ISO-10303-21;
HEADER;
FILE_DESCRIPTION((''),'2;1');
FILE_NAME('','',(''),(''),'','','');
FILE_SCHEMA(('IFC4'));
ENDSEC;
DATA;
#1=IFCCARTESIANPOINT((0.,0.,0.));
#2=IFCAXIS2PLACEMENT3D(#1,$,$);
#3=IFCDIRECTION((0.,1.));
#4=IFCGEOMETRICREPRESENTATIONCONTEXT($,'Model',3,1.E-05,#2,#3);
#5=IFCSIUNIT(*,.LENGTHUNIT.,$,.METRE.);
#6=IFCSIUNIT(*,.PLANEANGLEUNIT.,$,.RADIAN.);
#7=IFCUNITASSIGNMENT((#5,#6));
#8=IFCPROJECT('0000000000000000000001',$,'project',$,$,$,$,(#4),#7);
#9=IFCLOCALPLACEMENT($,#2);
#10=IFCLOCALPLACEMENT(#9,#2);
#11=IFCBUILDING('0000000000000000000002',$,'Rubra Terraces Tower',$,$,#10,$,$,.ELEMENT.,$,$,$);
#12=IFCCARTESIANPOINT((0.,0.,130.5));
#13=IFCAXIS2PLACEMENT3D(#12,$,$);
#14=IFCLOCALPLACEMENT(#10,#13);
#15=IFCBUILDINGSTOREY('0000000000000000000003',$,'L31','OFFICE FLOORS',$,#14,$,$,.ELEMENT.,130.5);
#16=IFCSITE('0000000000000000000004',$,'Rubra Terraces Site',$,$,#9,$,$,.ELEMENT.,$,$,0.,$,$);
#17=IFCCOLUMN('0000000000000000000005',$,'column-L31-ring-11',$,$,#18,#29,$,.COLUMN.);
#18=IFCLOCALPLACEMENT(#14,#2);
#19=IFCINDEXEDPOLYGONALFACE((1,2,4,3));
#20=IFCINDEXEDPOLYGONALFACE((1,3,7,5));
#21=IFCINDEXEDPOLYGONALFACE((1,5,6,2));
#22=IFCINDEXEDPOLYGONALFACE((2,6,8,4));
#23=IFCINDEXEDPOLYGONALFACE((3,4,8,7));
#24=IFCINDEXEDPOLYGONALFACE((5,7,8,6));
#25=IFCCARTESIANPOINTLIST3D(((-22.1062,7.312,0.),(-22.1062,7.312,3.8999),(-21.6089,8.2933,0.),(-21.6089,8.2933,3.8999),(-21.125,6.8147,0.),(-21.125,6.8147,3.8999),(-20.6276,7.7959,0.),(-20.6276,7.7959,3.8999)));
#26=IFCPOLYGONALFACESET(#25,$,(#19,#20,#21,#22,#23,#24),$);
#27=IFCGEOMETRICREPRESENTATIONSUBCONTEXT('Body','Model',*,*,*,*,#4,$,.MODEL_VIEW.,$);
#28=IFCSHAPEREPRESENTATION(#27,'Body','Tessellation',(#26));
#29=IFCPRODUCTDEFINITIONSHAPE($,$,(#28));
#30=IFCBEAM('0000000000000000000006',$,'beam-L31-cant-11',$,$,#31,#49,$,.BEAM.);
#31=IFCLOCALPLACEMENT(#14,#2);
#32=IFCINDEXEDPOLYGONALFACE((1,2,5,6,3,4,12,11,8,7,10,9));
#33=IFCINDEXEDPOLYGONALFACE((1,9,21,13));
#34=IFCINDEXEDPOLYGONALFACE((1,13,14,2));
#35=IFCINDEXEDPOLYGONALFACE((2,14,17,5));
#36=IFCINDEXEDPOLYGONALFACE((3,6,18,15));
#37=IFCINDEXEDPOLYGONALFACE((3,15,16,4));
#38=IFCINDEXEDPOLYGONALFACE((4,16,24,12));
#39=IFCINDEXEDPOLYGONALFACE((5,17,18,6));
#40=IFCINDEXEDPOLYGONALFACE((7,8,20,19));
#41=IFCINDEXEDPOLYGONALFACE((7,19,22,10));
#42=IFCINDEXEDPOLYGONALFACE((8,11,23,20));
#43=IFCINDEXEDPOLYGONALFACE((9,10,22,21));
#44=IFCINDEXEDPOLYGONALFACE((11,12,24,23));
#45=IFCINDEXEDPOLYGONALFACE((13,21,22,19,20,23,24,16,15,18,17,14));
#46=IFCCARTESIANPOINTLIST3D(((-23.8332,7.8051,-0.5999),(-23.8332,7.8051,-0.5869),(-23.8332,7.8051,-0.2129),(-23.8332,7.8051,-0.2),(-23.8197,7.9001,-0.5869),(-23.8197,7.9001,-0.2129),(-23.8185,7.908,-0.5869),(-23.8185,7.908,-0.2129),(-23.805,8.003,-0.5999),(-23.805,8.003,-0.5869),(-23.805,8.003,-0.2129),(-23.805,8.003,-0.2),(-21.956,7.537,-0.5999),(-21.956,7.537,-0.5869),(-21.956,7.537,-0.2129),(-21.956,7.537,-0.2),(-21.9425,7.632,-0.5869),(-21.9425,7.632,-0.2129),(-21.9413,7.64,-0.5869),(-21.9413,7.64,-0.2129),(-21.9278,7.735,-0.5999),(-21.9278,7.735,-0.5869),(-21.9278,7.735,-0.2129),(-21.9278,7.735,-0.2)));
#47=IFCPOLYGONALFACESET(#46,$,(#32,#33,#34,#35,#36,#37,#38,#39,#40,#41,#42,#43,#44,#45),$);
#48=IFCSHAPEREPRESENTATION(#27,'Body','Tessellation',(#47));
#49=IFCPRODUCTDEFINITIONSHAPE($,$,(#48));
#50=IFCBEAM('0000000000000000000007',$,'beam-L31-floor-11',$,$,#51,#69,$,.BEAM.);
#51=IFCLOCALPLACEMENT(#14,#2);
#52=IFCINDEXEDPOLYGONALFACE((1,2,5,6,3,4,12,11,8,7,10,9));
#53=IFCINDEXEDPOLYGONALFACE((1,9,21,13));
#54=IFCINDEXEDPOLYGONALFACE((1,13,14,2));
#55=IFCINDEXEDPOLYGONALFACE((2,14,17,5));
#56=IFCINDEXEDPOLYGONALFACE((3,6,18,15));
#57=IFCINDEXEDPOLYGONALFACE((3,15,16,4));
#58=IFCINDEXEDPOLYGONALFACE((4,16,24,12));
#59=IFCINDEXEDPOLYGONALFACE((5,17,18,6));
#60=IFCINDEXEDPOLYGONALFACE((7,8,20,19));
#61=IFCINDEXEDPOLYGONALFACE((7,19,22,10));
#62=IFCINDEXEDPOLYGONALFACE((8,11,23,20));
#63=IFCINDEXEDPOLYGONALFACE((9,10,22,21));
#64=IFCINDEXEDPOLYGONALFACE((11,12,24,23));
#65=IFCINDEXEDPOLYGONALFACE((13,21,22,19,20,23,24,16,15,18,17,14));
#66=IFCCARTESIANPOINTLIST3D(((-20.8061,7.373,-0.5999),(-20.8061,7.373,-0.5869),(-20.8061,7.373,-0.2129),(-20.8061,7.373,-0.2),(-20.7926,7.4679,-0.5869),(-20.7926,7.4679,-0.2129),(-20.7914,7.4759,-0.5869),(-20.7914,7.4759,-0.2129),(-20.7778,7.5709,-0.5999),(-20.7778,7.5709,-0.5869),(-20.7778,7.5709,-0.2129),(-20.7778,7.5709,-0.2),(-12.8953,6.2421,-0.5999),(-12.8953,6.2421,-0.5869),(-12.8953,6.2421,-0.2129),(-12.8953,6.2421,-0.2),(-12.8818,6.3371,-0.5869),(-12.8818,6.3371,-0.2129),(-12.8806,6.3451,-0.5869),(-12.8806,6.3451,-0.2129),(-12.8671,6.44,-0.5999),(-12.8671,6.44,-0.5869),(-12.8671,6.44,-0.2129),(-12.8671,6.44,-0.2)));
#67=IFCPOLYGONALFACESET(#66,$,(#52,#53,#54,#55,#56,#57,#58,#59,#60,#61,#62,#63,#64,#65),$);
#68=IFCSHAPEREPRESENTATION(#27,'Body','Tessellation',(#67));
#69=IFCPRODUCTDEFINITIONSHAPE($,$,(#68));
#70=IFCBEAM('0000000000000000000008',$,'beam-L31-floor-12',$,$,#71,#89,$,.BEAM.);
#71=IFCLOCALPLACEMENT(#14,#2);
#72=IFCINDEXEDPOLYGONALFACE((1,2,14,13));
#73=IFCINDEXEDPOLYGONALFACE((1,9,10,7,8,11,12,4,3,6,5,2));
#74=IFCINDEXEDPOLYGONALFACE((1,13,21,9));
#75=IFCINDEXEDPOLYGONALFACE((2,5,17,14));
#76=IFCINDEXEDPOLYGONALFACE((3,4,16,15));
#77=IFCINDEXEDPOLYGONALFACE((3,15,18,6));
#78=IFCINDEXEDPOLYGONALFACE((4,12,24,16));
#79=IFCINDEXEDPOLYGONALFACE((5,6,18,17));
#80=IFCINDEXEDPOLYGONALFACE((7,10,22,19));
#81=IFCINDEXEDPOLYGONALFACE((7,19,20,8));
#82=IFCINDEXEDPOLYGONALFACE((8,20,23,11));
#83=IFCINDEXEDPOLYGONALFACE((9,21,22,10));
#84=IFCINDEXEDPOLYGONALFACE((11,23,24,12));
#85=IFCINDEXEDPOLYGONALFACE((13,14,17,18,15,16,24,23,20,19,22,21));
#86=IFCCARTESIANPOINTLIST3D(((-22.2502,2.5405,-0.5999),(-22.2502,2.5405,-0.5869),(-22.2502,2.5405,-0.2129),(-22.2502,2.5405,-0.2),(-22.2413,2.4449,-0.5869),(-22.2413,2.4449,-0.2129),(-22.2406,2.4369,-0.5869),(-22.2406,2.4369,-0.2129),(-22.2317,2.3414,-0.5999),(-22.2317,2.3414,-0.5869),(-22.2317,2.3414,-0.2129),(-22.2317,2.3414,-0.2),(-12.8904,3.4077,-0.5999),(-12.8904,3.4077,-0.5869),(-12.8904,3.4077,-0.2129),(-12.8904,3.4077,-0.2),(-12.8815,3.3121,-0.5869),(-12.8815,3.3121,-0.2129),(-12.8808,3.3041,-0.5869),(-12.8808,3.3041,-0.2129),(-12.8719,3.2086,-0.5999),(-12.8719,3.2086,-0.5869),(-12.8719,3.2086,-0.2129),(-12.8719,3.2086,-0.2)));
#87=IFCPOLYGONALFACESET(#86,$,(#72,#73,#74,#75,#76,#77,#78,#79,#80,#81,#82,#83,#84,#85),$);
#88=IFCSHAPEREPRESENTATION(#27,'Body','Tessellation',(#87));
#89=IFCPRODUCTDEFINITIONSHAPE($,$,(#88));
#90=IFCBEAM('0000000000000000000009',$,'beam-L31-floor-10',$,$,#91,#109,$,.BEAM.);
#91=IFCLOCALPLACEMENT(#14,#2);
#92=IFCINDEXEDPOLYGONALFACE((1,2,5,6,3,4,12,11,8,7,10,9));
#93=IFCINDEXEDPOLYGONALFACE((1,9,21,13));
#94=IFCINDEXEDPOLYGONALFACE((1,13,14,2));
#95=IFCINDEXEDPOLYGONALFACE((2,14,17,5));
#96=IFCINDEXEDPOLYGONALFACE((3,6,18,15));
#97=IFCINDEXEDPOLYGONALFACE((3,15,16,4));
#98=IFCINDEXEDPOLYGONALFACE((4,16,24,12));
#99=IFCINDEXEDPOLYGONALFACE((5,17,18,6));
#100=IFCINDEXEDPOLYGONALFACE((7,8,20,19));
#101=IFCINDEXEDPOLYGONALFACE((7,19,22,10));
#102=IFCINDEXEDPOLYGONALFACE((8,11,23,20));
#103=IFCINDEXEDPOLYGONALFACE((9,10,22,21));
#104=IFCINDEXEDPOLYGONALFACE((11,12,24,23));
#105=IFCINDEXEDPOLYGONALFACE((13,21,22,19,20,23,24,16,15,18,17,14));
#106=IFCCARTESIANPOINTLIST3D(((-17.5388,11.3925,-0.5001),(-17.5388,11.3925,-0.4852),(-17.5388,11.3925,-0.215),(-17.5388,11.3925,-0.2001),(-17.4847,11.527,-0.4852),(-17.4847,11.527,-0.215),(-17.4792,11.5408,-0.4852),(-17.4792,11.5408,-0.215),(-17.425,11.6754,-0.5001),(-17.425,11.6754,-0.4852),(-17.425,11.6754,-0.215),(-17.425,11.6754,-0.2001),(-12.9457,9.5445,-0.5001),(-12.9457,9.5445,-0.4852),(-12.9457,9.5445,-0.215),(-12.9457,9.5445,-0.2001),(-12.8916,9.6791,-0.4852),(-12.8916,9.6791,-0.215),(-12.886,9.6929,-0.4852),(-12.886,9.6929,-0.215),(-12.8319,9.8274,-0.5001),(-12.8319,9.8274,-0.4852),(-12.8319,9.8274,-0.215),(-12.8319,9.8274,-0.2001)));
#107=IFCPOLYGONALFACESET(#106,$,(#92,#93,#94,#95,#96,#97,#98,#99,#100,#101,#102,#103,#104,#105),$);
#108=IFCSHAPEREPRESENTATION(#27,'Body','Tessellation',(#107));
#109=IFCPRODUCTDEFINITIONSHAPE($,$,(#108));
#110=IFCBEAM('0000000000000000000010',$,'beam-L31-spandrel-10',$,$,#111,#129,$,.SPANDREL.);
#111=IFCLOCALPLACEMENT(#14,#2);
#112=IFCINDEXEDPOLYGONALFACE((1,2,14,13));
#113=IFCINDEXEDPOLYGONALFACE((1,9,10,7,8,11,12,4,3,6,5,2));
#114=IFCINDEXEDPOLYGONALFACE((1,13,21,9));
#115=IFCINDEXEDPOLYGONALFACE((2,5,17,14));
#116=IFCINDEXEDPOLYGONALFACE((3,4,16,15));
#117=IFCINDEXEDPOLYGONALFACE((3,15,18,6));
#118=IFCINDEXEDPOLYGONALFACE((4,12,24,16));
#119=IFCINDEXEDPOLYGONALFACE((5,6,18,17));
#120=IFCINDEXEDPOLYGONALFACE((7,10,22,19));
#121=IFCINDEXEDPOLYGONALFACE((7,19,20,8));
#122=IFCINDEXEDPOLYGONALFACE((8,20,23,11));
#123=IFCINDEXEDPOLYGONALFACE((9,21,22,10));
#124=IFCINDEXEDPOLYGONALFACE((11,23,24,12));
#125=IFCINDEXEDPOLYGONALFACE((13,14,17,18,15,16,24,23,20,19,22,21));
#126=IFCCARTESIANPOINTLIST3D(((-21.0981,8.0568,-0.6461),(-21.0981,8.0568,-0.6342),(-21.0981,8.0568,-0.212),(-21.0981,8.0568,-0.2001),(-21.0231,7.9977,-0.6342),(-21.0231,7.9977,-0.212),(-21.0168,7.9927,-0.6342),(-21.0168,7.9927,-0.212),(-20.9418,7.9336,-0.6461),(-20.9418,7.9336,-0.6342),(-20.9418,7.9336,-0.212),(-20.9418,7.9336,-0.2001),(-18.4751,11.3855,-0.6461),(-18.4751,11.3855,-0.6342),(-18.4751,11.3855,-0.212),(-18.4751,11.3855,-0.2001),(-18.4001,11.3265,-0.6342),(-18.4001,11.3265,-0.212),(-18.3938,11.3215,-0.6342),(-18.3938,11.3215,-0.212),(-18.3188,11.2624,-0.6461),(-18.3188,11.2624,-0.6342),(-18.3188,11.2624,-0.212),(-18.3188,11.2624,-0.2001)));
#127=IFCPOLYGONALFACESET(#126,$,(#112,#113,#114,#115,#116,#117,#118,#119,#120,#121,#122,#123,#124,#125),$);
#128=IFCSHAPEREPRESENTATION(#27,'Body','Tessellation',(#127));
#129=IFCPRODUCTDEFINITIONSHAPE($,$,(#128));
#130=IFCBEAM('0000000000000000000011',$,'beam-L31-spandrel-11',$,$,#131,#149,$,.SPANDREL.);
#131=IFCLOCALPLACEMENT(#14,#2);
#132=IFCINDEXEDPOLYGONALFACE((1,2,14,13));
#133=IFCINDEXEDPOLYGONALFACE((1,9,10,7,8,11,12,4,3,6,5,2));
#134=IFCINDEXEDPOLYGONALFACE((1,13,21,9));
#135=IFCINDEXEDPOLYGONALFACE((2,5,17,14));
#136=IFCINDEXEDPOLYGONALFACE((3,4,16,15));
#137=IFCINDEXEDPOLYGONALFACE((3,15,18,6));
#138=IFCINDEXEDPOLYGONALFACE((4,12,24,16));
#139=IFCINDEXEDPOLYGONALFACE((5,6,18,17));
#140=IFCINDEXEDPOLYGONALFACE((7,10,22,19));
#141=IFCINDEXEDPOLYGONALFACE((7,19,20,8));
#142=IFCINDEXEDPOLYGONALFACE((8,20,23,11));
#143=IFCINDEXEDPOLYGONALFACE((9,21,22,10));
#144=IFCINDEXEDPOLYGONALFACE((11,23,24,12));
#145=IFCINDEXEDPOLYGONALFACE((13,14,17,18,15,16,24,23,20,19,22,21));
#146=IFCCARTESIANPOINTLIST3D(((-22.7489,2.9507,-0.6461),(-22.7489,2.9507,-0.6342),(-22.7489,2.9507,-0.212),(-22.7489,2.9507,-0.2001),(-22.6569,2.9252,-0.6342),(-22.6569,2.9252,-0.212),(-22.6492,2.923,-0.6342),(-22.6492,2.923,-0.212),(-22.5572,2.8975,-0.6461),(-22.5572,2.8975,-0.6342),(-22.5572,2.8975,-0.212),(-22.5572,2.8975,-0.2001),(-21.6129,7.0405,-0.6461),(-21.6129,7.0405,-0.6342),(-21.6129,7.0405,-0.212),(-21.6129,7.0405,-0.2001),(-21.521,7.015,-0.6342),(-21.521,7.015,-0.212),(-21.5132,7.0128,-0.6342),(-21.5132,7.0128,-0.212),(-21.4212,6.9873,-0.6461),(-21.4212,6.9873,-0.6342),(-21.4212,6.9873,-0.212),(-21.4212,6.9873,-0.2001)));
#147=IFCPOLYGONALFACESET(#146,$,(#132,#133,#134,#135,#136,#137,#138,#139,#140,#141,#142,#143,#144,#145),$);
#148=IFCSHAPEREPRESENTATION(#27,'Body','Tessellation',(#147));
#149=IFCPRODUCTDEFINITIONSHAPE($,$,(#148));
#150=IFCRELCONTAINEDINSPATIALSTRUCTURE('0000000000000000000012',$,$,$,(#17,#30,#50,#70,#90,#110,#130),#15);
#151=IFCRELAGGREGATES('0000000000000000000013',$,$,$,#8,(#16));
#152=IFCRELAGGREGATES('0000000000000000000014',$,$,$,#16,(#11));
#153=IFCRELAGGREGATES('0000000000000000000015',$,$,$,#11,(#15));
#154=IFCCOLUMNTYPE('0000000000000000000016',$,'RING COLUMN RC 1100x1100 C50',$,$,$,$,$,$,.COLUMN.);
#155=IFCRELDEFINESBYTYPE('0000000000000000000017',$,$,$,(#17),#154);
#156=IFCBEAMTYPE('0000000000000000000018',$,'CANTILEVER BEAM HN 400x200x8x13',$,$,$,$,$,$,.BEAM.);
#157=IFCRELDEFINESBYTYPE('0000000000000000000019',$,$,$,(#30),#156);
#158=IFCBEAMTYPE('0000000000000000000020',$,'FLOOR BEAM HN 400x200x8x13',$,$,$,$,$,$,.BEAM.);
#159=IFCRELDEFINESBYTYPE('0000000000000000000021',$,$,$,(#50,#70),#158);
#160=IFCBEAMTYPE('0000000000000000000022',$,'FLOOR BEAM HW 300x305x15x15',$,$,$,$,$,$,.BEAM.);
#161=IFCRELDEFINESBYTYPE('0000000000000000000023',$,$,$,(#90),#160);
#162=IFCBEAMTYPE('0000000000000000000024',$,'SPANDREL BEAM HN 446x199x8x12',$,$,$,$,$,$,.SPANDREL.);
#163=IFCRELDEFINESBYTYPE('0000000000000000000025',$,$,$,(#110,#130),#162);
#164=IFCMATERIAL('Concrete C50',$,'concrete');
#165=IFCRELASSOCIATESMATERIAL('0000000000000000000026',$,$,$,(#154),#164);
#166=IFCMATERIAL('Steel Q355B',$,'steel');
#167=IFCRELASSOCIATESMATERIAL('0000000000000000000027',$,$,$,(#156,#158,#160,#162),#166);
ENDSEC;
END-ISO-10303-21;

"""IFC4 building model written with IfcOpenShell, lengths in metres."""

from ifc_helpers import new_model, si_unit, direction, frame, origin, origin_2d, place, context, subcontext, project, spatial, rectangle, i_section, extrude, material, material_profile, profile_set, type_object, element, save


model = new_model("IFC4")

# Units and contexts
model_context = context("Model", 3, precision=1e-05, world=origin(), true_north=direction((0.0, 1.0)))
body_context = subcontext(model_context, "Body", "Model", "MODEL_VIEW")
ifc_project = project(units=[si_unit("LENGTHUNIT", "METRE"), si_unit("PLANEANGLEUNIT", "RADIAN")], contexts=[model_context])

# Site, building, storey
site_placement = place(None, origin())
site = spatial("IfcSite", under=ifc_project, at=site_placement, Name="Rubra Terraces Site", CompositionType="ELEMENT", RefElevation=0.0)
building_placement = place(site_placement, origin())
building = spatial("IfcBuilding", under=site, at=building_placement, Name="Rubra Terraces Tower", CompositionType="ELEMENT")
storey_placement = place(building_placement, frame((0.0, 0.0, 130.5)))
storey = spatial("IfcBuildingStorey", under=building, at=storey_placement, Name="L31", Description="OFFICE FLOORS", CompositionType="ELEMENT", Elevation=130.5)

# Column
ifc_material_1 = material(Name="Concrete C50", Category="concrete")
ifc_material_profile_1 = material_profile(ifc_material_1, rectangle(XDim=1.1001, YDim=1.1001, at=origin_2d()), Name="RC 1100x1100")
ifc_profile_set_1 = profile_set([ifc_material_profile_1], Name="Concrete C50")
column_type = type_object("IfcColumnType", Name="RING COLUMN RC 1100x1100 C50", PredefinedType="COLUMN", material=ifc_profile_set_1)
column_placement = place(storey_placement, frame((-21.3669, 7.554, 0.0), z_axis=(0.0, 0.0, 1.0), x_axis=(-0.452079, -0.891978, 0.0)))
element("IfcColumn", 1, at=column_placement, inside=storey, type_object=column_type, Name="column-L31-ring-11", PredefinedType="COLUMN", context=body_context, shape_type="SweptSolid", body=[
    extrude(rectangle(XDim=1.1001, YDim=1.1001, at=origin_2d()), origin(), (0.0, 0.0, 1.0), 3.8999),
])

# Beams
ifc_material_2 = material(Name="Steel Q355B", Category="steel")
ifc_material_profile_2 = material_profile(ifc_material_2, i_section(OverallWidth=0.2, OverallDepth=0.3999, WebThickness=0.0081, FlangeThickness=0.0129, at=origin_2d()), Name="HN 400x200x8x13")
ifc_profile_set_2 = profile_set([ifc_material_profile_2], Name="Steel Q355B")
beam_type_1 = type_object("IfcBeamType", Name="CANTILEVER BEAM HN 400x200x8x13", PredefinedType="BEAM", material=ifc_profile_set_2)
beam_1_placement = place(storey_placement, frame((-21.9419, 7.636, -0.3999), z_axis=(-0.989957, 0.141367, 0.0), x_axis=(-0.141367, -0.989957, 0.0)))
element("IfcBeam", 2, at=beam_1_placement, inside=storey, type_object=beam_type_1, Name="beam-L31-cant-11", PredefinedType="BEAM", context=body_context, shape_type="SweptSolid", body=[
    extrude(i_section(OverallWidth=0.2, OverallDepth=0.3999, WebThickness=0.0081, FlangeThickness=0.0129, at=origin_2d()), origin(), (0.0, 0.0, 1.0), 1.8962),
])
ifc_material_profile_3 = material_profile(ifc_material_2, i_section(OverallWidth=0.2, OverallDepth=0.3999, WebThickness=0.0081, FlangeThickness=0.0129, at=origin_2d()), Name="HN 400x200x8x13")
ifc_profile_set_3 = profile_set([ifc_material_profile_3], Name="Steel Q355B")
beam_type_2 = type_object("IfcBeamType", Name="FLOOR BEAM HN 400x200x8x13", PredefinedType="BEAM", material=ifc_profile_set_3)
beam_2_placement = place(storey_placement, frame((-20.792, 7.4719, -0.3999), z_axis=(0.989937, -0.141511, 0.0), x_axis=(0.141511, 0.989937, 0.0)))
element("IfcBeam", 3, at=beam_2_placement, inside=storey, type_object=beam_type_2, Name="beam-L31-floor-11", PredefinedType="BEAM", context=body_context, shape_type="SweptSolid", body=[
    extrude(i_section(OverallWidth=0.2, OverallDepth=0.3999, WebThickness=0.0081, FlangeThickness=0.0129, at=origin_2d()), origin(), (0.0, 0.0, 1.0), 7.9912),
])
beam_3_placement = place(storey_placement, frame((-22.241, 2.4409, -0.3999), z_axis=(0.995735, 0.092254, 0.0), x_axis=(-0.092254, 0.995735, 0.0)))
element("IfcBeam", 4, at=beam_3_placement, inside=storey, type_object=beam_type_2, Name="beam-L31-floor-12", PredefinedType="BEAM", context=body_context, shape_type="SweptSolid", body=[
    extrude(i_section(OverallWidth=0.2, OverallDepth=0.3999, WebThickness=0.0081, FlangeThickness=0.0129, at=origin_2d()), origin(), (0.0, 0.0, 1.0), 9.3999),
])
ifc_material_profile_4 = material_profile(ifc_material_2, i_section(OverallWidth=0.3049, OverallDepth=0.3, WebThickness=0.0149, FlangeThickness=0.0149, at=origin_2d()), Name="HW 300x305x15x15")
ifc_profile_set_4 = profile_set([ifc_material_profile_4], Name="Steel Q355B")
beam_type_3 = type_object("IfcBeamType", Name="FLOOR BEAM HW 300x305x15x15", PredefinedType="BEAM", material=ifc_profile_set_4)
beam_4_placement = place(storey_placement, frame((-17.4819, 11.5339, -0.3501), z_axis=(0.92773, -0.373252, 0.0), x_axis=(0.373252, 0.92773, 0.0)))
element("IfcBeam", 5, at=beam_4_placement, inside=storey, type_object=beam_type_3, Name="beam-L31-floor-10", PredefinedType="BEAM", context=body_context, shape_type="SweptSolid", body=[
    extrude(i_section(OverallWidth=0.3049, OverallDepth=0.3, WebThickness=0.0149, FlangeThickness=0.0149, at=origin_2d()), origin(), (0.0, 0.0, 1.0), 4.9509),
])
ifc_material_profile_5 = material_profile(ifc_material_2, i_section(OverallWidth=0.199, OverallDepth=0.446, WebThickness=0.0081, FlangeThickness=0.012, at=origin_2d()), Name="HN 446x199x8x12")
ifc_profile_set_5 = profile_set([ifc_material_profile_5], Name="Steel Q355B")
beam_type_4 = type_object("IfcBeamType", Name="SPANDREL BEAM HN 446x199x8x12", PredefinedType="SPANDREL", material=ifc_profile_set_5)
beam_5_placement = place(storey_placement, frame((-18.397, 11.324, -0.4231), z_axis=(-0.618917, -0.785456, 0.0), x_axis=(0.785456, -0.618917, 0.0)))
element("IfcBeam", 6, at=beam_5_placement, inside=storey, type_object=beam_type_4, Name="beam-L31-spandrel-10", PredefinedType="SPANDREL", context=body_context, shape_type="SweptSolid", body=[
    extrude(i_section(OverallWidth=0.199, OverallDepth=0.446, WebThickness=0.0081, FlangeThickness=0.012, at=origin_2d()), origin(), (0.0, 0.0, 1.0), 4.238),
])
beam_6_placement = place(storey_placement, frame((-21.5171, 7.0139, -0.4231), z_axis=(-0.267626, -0.963523, 0.0), x_axis=(0.963523, -0.267626, 0.0)))
element("IfcBeam", 7, at=beam_6_placement, inside=storey, type_object=beam_type_4, Name="beam-L31-spandrel-11", PredefinedType="SPANDREL", context=body_context, shape_type="SweptSolid", body=[
    extrude(i_section(OverallWidth=0.199, OverallDepth=0.446, WebThickness=0.0081, FlangeThickness=0.012, at=origin_2d()), origin(), (0.0, 0.0, 1.0), 4.2446),
])

save(model, "model.ifc")
